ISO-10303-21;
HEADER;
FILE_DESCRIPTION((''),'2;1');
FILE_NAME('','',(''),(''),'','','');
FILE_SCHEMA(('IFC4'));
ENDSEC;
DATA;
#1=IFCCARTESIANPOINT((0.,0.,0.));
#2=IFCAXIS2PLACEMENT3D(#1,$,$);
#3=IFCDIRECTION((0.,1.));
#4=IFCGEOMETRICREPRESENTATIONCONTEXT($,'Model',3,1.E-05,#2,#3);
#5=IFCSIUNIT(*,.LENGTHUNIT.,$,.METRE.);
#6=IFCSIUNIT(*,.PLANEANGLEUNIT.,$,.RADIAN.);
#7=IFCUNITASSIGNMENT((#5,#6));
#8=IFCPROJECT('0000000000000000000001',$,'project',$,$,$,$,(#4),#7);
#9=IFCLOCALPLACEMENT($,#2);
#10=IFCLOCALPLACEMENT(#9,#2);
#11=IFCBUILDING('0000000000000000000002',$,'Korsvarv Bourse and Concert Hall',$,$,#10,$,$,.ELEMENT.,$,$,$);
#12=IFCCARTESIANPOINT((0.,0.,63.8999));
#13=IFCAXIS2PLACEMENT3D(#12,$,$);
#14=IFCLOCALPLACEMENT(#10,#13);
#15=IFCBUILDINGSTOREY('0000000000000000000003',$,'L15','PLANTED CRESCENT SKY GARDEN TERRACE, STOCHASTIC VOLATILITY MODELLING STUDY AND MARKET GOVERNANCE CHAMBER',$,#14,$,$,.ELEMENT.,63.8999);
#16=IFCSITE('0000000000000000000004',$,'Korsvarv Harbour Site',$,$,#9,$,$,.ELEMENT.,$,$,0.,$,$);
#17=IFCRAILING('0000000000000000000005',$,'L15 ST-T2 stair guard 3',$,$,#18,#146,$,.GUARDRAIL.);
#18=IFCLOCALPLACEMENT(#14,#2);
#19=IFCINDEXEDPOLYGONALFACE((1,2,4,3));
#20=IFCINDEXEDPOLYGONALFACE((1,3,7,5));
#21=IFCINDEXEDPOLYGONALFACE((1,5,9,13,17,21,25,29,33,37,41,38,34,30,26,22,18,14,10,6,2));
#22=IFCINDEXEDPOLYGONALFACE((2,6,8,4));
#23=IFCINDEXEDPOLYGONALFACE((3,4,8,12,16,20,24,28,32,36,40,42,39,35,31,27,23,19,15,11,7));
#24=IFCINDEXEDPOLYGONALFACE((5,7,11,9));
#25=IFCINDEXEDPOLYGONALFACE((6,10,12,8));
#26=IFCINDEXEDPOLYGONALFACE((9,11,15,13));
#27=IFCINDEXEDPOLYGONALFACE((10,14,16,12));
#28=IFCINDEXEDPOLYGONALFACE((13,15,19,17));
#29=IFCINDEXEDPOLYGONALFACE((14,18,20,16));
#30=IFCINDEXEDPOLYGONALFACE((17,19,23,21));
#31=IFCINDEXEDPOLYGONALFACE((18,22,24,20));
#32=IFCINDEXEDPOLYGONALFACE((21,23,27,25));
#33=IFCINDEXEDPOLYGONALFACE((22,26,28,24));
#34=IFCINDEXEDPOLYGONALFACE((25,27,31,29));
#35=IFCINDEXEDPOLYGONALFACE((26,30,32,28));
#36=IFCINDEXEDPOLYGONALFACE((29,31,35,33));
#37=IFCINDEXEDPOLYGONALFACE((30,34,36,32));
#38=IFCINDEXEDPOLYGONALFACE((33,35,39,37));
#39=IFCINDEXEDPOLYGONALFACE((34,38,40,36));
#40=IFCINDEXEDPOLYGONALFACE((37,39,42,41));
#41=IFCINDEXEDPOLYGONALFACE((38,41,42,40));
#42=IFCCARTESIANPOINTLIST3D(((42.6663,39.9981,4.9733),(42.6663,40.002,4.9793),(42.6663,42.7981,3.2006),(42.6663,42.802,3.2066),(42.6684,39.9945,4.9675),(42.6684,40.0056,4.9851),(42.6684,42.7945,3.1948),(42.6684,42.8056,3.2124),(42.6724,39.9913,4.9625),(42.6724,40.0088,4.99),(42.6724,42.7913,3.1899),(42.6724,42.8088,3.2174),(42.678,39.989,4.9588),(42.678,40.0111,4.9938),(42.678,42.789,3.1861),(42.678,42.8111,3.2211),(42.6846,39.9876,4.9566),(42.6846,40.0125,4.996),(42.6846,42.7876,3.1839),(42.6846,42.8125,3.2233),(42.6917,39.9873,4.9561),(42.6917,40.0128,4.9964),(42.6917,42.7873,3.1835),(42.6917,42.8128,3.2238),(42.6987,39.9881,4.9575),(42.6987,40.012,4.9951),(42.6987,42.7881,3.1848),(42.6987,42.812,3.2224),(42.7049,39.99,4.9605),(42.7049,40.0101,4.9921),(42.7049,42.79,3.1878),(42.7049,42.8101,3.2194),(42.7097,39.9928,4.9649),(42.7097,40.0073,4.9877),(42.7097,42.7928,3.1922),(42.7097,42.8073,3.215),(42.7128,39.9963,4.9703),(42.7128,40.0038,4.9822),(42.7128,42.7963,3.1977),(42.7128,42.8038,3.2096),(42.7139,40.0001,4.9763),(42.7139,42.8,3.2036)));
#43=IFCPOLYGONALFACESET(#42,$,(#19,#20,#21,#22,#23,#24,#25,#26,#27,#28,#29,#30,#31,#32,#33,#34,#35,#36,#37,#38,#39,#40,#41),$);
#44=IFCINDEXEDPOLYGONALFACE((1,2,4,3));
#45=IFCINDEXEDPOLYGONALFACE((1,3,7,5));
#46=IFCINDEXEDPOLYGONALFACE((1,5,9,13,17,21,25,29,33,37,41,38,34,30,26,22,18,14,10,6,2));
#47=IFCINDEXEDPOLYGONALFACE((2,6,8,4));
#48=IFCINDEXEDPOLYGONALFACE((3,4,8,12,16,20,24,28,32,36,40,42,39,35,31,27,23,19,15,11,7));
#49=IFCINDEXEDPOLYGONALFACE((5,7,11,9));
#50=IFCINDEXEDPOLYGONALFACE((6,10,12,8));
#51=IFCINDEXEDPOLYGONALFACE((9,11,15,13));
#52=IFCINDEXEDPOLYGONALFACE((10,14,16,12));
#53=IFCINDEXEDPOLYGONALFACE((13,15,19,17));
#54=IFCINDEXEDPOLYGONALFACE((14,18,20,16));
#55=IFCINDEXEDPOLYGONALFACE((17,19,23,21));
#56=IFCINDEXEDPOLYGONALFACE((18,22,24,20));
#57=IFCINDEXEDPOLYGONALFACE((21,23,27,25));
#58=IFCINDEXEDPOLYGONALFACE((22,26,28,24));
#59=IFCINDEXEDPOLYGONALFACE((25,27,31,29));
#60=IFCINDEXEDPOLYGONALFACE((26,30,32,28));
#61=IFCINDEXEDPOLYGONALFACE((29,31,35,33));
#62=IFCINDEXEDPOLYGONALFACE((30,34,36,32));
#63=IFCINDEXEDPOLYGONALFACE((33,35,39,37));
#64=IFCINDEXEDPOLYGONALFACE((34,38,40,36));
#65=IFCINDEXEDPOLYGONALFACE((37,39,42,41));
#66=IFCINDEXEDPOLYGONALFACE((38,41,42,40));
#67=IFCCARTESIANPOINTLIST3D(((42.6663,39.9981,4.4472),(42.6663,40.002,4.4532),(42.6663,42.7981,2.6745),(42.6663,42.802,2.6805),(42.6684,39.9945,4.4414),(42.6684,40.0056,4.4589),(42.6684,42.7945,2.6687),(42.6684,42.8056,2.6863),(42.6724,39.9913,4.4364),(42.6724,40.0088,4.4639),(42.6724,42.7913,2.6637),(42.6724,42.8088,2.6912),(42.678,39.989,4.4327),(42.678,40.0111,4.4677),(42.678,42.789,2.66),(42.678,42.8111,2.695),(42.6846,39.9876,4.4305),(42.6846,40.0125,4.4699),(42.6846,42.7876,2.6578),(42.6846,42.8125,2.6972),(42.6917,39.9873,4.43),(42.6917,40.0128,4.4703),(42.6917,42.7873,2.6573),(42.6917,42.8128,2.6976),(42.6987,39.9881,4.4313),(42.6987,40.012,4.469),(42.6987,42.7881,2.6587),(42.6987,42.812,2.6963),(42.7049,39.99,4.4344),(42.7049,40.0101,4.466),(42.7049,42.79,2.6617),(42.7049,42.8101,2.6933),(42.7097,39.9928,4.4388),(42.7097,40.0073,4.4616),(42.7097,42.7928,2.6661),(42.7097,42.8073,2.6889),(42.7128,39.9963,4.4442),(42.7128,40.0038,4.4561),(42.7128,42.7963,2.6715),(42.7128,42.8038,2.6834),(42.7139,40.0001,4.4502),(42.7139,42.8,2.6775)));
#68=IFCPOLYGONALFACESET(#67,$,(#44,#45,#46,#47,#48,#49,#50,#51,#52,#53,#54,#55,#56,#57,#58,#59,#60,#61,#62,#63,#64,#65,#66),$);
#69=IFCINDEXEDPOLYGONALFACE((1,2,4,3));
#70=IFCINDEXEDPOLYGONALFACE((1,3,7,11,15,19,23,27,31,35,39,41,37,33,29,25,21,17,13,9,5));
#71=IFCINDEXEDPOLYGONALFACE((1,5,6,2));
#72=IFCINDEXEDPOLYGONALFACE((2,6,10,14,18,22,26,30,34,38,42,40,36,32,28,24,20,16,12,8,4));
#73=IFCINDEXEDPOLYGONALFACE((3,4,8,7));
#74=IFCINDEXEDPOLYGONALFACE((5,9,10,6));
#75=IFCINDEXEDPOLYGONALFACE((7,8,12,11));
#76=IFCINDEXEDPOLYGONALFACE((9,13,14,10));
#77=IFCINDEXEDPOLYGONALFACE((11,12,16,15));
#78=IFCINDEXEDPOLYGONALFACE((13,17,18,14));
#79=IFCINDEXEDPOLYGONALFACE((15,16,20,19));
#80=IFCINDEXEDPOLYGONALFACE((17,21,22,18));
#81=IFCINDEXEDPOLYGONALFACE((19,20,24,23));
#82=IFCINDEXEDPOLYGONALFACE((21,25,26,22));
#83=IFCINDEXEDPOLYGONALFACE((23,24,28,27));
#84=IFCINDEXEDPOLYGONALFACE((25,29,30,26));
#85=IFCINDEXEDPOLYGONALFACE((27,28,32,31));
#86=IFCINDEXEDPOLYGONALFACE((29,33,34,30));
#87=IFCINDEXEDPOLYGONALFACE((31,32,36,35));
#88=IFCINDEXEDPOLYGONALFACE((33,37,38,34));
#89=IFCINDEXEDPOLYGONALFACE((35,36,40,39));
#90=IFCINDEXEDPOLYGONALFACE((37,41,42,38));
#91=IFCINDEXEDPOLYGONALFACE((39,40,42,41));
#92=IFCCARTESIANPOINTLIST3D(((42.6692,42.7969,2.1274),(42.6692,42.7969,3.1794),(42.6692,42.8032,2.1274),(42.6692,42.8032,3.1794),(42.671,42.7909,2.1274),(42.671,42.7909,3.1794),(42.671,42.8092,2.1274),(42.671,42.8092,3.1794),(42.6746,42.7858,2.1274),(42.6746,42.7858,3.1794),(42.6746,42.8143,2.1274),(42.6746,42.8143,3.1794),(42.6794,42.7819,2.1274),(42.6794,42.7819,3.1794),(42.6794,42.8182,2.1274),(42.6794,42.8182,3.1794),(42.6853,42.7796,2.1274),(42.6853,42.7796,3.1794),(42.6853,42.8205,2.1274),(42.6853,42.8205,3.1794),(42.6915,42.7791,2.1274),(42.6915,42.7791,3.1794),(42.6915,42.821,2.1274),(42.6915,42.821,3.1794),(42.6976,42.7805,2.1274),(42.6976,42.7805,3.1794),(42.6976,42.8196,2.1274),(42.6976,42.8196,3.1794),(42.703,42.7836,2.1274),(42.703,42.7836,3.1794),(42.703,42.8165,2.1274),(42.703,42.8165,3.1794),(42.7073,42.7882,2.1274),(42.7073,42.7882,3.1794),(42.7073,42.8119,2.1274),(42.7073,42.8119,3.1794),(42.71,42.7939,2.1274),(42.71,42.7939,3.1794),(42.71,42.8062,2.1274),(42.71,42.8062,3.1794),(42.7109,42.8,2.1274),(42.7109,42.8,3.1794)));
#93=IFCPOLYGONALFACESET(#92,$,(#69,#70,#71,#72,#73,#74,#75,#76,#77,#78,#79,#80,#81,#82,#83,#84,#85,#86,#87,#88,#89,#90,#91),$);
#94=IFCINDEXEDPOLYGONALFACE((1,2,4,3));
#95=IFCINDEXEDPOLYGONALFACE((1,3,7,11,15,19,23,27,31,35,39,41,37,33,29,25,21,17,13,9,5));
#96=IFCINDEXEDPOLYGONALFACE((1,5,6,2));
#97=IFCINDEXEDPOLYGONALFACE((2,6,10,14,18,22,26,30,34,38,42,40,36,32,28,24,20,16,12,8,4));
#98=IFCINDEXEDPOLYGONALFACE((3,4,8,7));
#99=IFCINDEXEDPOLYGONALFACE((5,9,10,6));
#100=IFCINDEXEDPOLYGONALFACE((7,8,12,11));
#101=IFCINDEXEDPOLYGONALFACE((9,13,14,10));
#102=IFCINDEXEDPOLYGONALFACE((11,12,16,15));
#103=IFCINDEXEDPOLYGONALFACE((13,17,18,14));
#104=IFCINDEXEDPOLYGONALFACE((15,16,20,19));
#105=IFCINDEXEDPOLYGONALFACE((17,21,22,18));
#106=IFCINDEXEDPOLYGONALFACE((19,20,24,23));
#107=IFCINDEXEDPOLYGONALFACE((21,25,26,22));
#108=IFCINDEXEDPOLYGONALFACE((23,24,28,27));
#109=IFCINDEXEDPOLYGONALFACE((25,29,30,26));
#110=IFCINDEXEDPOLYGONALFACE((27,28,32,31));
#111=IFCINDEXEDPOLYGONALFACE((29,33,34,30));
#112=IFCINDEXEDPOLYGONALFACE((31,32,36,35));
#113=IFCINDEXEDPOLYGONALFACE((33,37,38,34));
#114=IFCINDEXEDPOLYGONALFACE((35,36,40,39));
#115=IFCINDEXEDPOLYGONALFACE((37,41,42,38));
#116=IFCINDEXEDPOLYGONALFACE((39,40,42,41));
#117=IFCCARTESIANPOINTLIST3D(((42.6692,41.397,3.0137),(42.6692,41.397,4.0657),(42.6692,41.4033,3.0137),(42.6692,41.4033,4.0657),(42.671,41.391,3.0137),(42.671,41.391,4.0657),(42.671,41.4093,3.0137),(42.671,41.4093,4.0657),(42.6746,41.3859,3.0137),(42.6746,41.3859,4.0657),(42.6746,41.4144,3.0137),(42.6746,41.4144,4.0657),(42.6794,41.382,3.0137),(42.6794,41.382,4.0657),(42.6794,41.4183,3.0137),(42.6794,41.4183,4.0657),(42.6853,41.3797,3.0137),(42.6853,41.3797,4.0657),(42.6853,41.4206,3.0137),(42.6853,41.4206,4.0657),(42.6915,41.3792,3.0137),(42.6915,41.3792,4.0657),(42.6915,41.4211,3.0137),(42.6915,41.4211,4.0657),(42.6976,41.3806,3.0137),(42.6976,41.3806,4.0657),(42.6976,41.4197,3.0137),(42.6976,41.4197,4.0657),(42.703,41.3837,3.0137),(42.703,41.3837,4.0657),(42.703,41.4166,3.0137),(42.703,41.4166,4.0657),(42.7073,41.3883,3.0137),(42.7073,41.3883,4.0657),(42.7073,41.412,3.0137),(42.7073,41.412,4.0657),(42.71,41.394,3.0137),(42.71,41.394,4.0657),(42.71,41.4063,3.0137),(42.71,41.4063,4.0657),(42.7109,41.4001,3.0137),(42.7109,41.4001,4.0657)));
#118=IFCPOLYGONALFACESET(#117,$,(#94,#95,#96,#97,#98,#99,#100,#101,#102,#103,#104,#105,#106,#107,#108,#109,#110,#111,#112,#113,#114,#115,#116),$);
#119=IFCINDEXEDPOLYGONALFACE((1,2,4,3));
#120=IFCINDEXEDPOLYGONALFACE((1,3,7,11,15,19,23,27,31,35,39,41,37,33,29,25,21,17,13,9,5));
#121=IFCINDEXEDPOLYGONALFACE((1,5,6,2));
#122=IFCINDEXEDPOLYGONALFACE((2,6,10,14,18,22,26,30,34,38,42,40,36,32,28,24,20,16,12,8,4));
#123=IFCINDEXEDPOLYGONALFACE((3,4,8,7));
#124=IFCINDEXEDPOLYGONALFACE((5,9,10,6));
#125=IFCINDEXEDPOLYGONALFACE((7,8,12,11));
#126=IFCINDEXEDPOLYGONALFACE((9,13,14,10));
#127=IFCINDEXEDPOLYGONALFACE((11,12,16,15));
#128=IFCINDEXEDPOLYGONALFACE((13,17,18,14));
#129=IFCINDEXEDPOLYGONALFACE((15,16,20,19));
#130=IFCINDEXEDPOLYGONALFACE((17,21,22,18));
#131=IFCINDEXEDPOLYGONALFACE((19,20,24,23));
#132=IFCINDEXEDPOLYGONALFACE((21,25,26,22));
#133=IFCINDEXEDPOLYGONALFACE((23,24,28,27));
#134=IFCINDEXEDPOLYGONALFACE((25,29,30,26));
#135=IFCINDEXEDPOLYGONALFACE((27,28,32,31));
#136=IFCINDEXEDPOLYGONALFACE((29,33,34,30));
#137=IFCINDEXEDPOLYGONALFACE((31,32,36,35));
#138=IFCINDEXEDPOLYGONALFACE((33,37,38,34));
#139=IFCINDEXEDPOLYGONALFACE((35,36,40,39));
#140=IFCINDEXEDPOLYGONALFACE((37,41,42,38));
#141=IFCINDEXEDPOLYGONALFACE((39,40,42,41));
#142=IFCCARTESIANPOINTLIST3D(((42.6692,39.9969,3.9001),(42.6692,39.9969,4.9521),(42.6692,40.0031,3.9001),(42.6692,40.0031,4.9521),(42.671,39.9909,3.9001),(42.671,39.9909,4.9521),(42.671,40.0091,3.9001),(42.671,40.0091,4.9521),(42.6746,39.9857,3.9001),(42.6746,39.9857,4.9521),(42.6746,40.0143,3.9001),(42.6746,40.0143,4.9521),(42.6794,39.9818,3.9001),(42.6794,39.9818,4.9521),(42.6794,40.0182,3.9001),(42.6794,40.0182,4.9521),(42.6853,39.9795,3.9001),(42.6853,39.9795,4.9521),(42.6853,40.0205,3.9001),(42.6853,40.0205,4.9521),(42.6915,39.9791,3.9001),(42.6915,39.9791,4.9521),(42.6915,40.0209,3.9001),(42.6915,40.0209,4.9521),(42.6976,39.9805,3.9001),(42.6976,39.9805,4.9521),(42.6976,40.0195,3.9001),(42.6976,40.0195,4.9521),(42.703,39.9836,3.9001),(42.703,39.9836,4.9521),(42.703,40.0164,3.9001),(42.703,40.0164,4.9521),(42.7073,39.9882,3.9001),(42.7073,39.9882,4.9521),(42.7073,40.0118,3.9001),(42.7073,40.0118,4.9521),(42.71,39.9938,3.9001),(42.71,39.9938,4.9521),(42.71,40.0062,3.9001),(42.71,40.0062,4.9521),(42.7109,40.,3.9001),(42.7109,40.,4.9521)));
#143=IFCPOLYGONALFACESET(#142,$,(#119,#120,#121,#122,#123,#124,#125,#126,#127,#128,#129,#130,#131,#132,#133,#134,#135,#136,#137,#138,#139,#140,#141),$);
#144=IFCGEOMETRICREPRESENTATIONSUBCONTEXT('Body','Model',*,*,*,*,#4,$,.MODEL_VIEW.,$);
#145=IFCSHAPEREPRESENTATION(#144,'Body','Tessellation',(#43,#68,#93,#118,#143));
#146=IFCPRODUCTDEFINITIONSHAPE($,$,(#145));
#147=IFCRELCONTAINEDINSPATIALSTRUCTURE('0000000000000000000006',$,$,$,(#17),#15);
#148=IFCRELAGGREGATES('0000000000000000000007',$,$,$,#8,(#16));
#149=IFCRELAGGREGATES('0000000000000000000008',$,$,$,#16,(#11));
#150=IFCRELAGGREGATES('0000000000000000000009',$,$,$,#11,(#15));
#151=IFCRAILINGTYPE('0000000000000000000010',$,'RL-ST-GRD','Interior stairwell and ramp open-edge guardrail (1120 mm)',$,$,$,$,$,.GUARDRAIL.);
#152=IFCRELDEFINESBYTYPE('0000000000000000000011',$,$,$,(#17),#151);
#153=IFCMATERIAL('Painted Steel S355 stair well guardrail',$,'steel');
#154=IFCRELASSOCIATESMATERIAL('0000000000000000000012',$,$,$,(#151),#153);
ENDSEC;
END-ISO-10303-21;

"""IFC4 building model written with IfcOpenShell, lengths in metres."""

from ifc_helpers import new_model, si_unit, direction, frame, origin, origin_2d, place, context, subcontext, project, spatial, circle, extrude, material, type_object, element, save


model = new_model("IFC4")

# Units and contexts
model_context = context("Model", 3, precision=1e-05, world=origin(), true_north=direction((0.0, 1.0)))
body_context = subcontext(model_context, "Body", "Model", "MODEL_VIEW")
ifc_project = project(units=[si_unit("LENGTHUNIT", "METRE"), si_unit("PLANEANGLEUNIT", "RADIAN")], contexts=[model_context])

# Site, building, storey
site_placement = place(None, origin())
site = spatial("IfcSite", under=ifc_project, at=site_placement, Name="Korsvarv Harbour Site", CompositionType="ELEMENT", RefElevation=0.0)
building_placement = place(site_placement, origin())
building = spatial("IfcBuilding", under=site, at=building_placement, Name="Korsvarv Bourse and Concert Hall", CompositionType="ELEMENT")
storey_placement = place(building_placement, frame((0.0, 0.0, 63.8999)))
storey = spatial("IfcBuildingStorey", under=building, at=storey_placement, Name="L15", Description="PLANTED CRESCENT SKY GARDEN TERRACE, STOCHASTIC VOLATILITY MODELLING STUDY AND MARKET GOVERNANCE CHAMBER", CompositionType="ELEMENT", Elevation=63.8999)

# Railing
ifc_material_1 = material(Name="Painted Steel S355 stair well guardrail", Category="steel")
railing_type_1 = type_object("IfcRailingType", Name="RL-ST-GRD", Description="Interior stairwell and ramp open-edge guardrail (1120 mm)", PredefinedType="GUARDRAIL", material=ifc_material_1)
railing_1_placement = place(storey_placement, frame((42.6899, 42.8, 2.1274)))
element("IfcRailing", 1, at=railing_1_placement, inside=storey, type_object=railing_type_1, Name="L15 ST-T2 stair guard 3", PredefinedType="GUARDRAIL", context=body_context, shape_type="SweptSolid", body=[
    extrude(circle(Radius=0.0239, at=origin_2d()), frame((0.0, 0.0, 1.0762), z_axis=(0.0, -0.844909, 0.53491), x_axis=(1.0, 0.0, 0.0)), (0.0, 0.0, 1.0), 3.314),
    extrude(circle(Radius=0.0239, at=origin_2d()), frame((0.0, 0.0, 0.55), z_axis=(0.0, -0.844909, 0.53491), x_axis=(1.0, 0.0, 0.0)), (0.0, 0.0, 1.0), 3.314),
    extrude(circle(Radius=0.021, at=origin_2d()), origin(), (0.0, 0.0, 1.0), 1.052),
    extrude(circle(Radius=0.021, at=origin_2d()), frame((0.0, -1.3999, 0.8862)), (0.0, 0.0, 1.0), 1.052),
    extrude(circle(Radius=0.021, at=origin_2d()), frame((0.0, -2.8, 1.7727)), (0.0, 0.0, 1.0), 1.052),
])

save(model, "model.ifc")
